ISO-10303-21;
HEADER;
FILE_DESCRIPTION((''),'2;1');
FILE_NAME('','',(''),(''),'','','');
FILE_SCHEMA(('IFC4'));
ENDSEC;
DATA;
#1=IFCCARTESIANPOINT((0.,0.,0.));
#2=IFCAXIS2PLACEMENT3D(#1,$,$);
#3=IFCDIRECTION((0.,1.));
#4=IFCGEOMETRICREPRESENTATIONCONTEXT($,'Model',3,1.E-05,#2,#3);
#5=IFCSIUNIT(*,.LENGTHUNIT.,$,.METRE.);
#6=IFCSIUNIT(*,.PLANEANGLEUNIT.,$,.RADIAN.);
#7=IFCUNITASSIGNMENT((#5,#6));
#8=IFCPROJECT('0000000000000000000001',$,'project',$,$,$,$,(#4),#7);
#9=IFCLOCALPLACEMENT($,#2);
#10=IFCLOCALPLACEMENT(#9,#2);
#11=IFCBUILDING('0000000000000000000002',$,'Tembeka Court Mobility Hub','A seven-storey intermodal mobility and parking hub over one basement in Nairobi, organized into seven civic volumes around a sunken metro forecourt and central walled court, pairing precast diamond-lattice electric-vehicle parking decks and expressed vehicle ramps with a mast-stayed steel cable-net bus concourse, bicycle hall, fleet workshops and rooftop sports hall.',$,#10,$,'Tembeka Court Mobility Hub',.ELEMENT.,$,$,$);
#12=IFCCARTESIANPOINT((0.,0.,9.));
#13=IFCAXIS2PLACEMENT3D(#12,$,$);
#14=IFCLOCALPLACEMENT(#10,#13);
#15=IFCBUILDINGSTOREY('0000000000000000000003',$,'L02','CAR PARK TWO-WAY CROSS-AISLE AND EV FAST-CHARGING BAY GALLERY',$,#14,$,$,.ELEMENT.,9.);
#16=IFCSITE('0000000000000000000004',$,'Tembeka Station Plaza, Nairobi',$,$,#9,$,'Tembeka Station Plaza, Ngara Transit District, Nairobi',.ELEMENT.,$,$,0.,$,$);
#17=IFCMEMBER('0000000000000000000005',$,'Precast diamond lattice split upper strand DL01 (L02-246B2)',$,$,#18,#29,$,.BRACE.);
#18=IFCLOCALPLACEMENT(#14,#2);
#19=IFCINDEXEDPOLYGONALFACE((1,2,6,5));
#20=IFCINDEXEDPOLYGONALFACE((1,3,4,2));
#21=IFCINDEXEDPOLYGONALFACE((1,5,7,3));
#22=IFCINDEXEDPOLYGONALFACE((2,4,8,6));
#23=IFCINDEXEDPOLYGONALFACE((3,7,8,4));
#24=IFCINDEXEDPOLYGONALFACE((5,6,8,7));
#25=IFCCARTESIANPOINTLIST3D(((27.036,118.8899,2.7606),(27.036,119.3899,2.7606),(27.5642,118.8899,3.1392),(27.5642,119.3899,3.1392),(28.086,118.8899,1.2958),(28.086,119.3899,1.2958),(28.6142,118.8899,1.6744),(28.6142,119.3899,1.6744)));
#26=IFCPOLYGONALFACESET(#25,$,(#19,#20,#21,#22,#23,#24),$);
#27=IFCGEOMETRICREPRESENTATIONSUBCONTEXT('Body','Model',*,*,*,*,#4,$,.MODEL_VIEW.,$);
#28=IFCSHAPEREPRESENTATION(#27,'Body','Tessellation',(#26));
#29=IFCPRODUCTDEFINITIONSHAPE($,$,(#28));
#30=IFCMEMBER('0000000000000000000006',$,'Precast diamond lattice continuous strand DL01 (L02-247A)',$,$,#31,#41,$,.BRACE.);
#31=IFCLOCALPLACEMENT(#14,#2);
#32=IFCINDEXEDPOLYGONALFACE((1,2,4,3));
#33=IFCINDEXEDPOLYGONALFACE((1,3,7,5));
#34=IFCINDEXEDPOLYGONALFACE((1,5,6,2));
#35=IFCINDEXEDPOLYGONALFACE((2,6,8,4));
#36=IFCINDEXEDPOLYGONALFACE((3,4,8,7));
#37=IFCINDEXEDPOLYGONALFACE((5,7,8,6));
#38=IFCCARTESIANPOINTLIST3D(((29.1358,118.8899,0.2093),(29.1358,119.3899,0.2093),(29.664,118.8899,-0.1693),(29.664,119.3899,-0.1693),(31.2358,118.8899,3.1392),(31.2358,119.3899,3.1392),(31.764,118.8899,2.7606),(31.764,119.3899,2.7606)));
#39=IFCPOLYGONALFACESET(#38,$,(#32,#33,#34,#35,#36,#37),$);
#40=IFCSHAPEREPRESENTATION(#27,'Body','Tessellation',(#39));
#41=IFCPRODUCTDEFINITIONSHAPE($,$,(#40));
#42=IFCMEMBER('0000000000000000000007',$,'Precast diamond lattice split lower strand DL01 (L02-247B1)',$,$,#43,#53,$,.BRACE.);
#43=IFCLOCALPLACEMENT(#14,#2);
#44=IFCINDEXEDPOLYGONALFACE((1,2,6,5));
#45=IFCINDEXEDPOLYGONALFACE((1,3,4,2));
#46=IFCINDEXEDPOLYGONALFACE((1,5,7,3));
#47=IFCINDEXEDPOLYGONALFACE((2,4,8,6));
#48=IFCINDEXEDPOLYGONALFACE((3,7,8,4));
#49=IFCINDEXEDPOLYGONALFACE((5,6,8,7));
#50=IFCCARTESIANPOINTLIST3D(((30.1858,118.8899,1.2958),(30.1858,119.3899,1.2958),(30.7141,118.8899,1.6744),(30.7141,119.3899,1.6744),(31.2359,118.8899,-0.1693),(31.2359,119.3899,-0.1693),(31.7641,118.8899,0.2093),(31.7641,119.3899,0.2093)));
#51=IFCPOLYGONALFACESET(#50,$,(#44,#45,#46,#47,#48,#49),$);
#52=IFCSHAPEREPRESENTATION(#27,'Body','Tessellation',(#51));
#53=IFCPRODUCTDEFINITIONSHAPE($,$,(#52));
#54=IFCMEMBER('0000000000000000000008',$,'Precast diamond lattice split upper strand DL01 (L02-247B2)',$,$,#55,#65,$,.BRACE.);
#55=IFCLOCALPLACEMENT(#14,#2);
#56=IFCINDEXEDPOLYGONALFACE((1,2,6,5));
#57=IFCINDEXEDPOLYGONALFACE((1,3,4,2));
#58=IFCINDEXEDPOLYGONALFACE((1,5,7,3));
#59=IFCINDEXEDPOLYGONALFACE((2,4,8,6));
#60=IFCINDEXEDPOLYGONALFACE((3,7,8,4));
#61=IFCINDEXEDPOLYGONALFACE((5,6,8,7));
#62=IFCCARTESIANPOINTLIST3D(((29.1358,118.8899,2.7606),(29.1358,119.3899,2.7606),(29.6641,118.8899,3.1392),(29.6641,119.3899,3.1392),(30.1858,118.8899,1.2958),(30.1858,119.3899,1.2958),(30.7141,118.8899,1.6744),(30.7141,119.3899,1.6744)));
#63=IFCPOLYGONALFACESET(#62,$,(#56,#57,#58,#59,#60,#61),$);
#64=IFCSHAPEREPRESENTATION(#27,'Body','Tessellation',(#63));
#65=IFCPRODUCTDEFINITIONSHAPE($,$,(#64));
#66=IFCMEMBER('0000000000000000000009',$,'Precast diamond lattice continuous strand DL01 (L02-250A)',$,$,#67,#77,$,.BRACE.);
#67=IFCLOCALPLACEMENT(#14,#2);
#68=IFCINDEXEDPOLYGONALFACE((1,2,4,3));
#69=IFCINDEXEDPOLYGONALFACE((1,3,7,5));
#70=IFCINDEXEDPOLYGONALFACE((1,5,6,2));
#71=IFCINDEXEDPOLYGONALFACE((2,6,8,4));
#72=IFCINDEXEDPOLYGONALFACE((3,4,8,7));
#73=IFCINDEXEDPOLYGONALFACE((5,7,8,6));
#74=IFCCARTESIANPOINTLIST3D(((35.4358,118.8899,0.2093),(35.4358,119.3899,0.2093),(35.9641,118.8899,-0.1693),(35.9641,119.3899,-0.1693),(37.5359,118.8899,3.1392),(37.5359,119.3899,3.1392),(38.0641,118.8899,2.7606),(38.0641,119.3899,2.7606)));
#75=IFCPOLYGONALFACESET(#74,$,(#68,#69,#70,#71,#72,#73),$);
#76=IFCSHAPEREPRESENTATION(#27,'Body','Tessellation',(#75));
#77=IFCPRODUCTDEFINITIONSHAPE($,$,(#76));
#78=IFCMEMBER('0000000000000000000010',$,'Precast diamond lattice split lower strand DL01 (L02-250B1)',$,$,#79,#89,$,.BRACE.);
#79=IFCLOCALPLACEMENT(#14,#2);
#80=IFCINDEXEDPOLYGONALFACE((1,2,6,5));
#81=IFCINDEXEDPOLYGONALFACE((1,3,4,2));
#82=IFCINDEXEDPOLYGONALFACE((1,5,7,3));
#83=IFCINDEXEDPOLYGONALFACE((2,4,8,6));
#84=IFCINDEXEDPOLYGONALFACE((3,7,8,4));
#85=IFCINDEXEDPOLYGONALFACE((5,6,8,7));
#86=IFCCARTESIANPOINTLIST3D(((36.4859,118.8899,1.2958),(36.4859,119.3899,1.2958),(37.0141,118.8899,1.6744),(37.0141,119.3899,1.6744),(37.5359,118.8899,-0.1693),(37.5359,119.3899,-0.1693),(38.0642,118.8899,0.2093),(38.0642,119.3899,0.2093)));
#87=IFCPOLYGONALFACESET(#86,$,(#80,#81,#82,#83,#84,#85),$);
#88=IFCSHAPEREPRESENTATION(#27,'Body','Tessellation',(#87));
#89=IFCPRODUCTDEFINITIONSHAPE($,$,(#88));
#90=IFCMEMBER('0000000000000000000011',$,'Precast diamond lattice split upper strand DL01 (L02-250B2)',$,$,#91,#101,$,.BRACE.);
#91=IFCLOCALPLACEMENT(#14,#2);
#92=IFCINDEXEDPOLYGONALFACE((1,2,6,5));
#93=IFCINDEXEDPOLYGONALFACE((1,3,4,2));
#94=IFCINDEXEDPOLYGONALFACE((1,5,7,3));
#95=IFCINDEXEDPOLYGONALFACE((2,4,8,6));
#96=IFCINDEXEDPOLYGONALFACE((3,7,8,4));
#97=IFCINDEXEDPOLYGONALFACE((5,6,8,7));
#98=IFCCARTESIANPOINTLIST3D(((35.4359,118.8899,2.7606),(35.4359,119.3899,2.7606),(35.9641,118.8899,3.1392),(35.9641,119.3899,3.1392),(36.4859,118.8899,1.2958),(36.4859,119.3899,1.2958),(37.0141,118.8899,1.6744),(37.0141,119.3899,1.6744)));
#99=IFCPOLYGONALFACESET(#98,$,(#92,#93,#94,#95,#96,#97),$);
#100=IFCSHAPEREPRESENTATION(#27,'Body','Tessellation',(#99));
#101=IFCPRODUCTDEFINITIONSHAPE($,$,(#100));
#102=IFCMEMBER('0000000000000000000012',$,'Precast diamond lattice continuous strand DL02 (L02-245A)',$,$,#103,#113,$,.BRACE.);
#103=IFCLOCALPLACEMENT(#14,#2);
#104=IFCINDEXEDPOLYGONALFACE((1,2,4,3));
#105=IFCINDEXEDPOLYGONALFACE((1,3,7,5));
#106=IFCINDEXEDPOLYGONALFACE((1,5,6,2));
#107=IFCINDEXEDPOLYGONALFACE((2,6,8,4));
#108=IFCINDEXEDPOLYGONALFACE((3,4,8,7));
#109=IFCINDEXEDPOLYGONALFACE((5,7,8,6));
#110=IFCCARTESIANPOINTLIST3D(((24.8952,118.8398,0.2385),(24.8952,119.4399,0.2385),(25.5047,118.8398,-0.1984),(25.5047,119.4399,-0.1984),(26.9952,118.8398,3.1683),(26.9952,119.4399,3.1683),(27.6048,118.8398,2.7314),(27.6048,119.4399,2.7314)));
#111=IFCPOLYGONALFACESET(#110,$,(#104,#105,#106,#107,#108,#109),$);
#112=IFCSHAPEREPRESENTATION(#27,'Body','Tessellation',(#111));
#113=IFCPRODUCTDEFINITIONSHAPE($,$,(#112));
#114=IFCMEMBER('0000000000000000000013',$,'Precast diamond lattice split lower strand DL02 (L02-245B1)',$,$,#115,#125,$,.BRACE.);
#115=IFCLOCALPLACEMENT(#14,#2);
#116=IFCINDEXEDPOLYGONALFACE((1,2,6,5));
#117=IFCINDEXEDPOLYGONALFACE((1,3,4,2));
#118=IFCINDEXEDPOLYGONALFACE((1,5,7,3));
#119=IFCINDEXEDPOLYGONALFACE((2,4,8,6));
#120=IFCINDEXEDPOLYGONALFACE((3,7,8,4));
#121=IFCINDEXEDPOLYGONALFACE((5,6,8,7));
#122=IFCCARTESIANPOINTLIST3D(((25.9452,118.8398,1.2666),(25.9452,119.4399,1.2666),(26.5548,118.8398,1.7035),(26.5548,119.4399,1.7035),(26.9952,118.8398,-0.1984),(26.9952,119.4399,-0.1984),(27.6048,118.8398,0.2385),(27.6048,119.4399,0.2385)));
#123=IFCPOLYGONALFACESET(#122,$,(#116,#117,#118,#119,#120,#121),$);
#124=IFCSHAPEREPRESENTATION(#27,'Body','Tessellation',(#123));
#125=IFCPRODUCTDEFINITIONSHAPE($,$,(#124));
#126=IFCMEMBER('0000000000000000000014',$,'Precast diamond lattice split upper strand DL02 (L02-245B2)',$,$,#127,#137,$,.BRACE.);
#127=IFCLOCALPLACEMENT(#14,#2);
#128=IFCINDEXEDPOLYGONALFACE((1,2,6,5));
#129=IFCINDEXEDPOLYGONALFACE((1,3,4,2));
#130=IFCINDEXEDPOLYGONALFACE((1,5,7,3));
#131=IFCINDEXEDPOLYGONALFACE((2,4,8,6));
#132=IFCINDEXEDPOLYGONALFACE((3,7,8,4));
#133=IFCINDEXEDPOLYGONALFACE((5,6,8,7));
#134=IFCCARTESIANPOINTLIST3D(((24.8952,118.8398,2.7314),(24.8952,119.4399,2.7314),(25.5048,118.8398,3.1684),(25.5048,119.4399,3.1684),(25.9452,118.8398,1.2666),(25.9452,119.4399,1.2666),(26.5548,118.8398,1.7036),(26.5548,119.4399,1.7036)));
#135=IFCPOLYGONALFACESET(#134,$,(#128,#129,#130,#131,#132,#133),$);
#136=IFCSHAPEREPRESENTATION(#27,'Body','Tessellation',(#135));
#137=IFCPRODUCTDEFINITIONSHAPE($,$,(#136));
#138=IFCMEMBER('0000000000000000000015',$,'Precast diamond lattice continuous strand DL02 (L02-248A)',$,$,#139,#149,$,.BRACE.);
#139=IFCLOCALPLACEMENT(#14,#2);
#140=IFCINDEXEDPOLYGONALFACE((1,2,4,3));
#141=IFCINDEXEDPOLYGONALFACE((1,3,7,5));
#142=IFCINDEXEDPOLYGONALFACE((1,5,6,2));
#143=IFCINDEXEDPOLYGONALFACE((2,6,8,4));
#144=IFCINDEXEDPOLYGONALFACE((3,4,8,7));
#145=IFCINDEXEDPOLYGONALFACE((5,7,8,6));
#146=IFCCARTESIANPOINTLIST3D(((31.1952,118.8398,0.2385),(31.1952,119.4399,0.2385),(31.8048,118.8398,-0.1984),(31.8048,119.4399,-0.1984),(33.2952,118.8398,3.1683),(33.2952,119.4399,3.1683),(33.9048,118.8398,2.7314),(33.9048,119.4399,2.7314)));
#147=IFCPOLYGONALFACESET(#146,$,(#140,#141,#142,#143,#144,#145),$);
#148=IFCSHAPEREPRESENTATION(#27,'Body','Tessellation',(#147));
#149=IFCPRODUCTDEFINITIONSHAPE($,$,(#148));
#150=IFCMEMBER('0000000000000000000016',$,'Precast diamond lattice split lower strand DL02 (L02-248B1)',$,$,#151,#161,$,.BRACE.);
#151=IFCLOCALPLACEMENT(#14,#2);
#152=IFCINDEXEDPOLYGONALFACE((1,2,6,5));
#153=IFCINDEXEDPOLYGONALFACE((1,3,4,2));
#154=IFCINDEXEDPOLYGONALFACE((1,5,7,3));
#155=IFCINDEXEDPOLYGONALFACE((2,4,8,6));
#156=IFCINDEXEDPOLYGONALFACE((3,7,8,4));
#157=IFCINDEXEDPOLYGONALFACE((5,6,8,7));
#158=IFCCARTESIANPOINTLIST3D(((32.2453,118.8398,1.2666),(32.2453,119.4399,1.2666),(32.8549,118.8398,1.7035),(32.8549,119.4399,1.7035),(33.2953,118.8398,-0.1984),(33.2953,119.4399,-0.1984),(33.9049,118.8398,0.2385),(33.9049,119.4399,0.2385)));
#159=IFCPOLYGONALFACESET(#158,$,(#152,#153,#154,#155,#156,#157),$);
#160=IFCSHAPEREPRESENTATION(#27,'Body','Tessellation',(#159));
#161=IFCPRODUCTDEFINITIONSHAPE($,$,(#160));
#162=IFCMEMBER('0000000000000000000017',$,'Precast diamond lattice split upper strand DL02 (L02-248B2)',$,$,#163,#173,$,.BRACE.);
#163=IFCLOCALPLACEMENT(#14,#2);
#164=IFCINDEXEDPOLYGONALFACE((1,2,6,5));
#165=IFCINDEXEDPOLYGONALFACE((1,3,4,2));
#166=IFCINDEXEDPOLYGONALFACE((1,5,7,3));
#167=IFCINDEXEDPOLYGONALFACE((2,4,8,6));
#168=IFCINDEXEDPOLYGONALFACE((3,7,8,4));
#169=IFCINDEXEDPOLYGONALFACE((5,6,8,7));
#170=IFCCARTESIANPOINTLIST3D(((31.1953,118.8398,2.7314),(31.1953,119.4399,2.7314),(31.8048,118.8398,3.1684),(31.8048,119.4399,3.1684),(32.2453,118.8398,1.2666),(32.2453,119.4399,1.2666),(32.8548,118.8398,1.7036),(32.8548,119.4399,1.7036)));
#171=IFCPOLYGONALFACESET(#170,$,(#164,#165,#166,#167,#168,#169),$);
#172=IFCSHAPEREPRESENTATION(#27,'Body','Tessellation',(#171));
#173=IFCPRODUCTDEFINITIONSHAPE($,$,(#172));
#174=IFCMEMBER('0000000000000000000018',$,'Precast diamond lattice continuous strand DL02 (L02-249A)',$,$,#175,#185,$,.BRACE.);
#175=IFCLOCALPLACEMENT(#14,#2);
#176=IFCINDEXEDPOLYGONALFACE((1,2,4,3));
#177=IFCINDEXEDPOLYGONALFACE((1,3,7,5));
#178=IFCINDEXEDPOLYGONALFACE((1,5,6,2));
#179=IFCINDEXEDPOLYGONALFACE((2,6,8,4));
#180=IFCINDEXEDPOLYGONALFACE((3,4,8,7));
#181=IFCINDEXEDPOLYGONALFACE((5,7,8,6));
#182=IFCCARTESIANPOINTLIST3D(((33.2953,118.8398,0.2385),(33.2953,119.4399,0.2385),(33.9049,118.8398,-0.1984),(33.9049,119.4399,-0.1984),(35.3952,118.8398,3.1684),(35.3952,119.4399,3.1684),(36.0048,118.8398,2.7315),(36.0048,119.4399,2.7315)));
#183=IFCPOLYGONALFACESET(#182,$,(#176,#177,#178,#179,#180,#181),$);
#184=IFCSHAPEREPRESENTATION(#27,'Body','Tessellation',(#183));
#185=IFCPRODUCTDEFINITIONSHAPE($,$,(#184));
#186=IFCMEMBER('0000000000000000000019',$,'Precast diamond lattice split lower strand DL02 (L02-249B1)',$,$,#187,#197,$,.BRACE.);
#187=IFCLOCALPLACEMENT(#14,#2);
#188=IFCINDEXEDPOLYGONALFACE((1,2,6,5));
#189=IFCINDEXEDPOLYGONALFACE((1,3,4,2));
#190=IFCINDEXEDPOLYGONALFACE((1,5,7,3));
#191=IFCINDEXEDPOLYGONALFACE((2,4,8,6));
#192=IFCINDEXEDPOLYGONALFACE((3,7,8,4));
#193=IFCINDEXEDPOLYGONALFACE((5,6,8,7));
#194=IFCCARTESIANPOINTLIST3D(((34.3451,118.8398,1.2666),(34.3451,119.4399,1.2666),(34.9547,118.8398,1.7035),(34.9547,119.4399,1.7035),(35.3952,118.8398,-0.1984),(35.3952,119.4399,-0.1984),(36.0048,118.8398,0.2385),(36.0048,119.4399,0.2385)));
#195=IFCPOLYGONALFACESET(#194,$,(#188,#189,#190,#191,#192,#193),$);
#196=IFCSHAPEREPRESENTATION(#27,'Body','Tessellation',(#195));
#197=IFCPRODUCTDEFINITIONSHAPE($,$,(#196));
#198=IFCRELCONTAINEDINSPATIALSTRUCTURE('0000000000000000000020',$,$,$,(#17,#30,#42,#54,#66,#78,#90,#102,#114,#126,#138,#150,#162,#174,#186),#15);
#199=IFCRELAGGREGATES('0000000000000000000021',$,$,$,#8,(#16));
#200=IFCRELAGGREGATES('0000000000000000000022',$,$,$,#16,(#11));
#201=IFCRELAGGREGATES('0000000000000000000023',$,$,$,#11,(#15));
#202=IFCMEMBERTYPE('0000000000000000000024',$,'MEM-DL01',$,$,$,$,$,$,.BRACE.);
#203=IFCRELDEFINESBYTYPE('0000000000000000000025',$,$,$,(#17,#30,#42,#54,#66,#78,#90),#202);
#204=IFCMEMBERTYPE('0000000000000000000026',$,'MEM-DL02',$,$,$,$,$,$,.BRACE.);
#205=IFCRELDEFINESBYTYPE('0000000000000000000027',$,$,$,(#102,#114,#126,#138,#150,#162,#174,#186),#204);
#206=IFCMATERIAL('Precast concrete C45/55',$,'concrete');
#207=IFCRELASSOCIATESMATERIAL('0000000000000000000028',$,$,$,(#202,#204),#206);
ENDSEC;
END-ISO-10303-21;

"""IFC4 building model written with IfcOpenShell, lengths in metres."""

from ifc_helpers import new_model, si_unit, direction, frame, origin, origin_2d, place, context, subcontext, project, spatial, rectangle, extrude, material, material_profile, profile_set, type_object, element, save


model = new_model("IFC4")

# Units and contexts
model_context = context("Model", 3, precision=1e-05, world=origin(), true_north=direction((0.0, 1.0)))
body_context = subcontext(model_context, "Body", "Model", "MODEL_VIEW")
ifc_project = project(units=[si_unit("LENGTHUNIT", "METRE"), si_unit("PLANEANGLEUNIT", "RADIAN")], contexts=[model_context])

# Site, building, storey
site_placement = place(None, origin())
site = spatial("IfcSite", under=ifc_project, at=site_placement, Name="Tembeka Station Plaza, Nairobi", LongName="Tembeka Station Plaza, Ngara Transit District, Nairobi", CompositionType="ELEMENT", RefElevation=0.0)
building_placement = place(site_placement, origin())
building = spatial("IfcBuilding", under=site, at=building_placement, Name="Tembeka Court Mobility Hub", Description="A seven-storey intermodal mobility and parking hub over one basement in Nairobi, organized into seven civic volumes around a sunken metro forecourt and central walled court, pairing precast diamond-lattice electric-vehicle parking decks and expressed vehicle ramps with a mast-stayed steel cable-net bus concourse, bicycle hall, fleet workshops and rooftop sports hall.", LongName="Tembeka Court Mobility Hub", CompositionType="ELEMENT")
storey_placement = place(building_placement, frame((0.0, 0.0, 9.0)))
storey = spatial("IfcBuildingStorey", under=building, at=storey_placement, Name="L02", Description="CAR PARK TWO-WAY CROSS-AISLE AND EV FAST-CHARGING BAY GALLERY", CompositionType="ELEMENT", Elevation=9.0)

# Shared definitions
ifc_material_1 = material(Name="Precast concrete C45/55", Category="concrete")

# Members
ifc_material_profile_1 = material_profile(ifc_material_1, rectangle(XDim=0.5, YDim=0.6499, at=origin_2d()), Name="PC-DIAG 500x650")
ifc_profile_set_1 = profile_set([ifc_material_profile_1], Name="Precast concrete C45/55")
member_type_1 = type_object("IfcMemberType", Name="MEM-DL01", PredefinedType="BRACE", material=ifc_profile_set_1)
member_1_placement = place(storey_placement, frame((28.3501, 119.1399, 1.4851), z_axis=(-0.582608, 0.0, 0.812753), x_axis=(0.0, -1.0, 0.0)))
element("IfcMember", 1, at=member_1_placement, inside=storey, type_object=member_type_1, Name="Precast diamond lattice split upper strand DL01 (L02-246B2)", PredefinedType="BRACE", context=body_context, shape_type="SweptSolid", body=[
    extrude(rectangle(XDim=0.5, YDim=0.6499, at=origin_2d()), origin(), (0.0, 0.0, 1.0), 1.8022),
])
member_2_placement = place(storey_placement, frame((29.3999, 119.1399, 0.02), z_axis=(0.582576, 0.0, 0.812776), x_axis=(0.0, 1.0, 0.0)))
element("IfcMember", 2, at=member_2_placement, inside=storey, type_object=member_type_1, Name="Precast diamond lattice continuous strand DL01 (L02-247A)", PredefinedType="BRACE", context=body_context, shape_type="SweptSolid", body=[
    extrude(rectangle(XDim=0.5, YDim=0.6499, at=origin_2d()), origin(), (0.0, 0.0, 1.0), 3.6047),
])
member_3_placement = place(storey_placement, frame((31.5, 119.1399, 0.02), z_axis=(-0.582544, 0.0, 0.812799), x_axis=(0.0, -1.0, 0.0)))
element("IfcMember", 3, at=member_3_placement, inside=storey, type_object=member_type_1, Name="Precast diamond lattice split lower strand DL01 (L02-247B1)", PredefinedType="BRACE", context=body_context, shape_type="SweptSolid", body=[
    extrude(rectangle(XDim=0.5, YDim=0.6499, at=origin_2d()), origin(), (0.0, 0.0, 1.0), 1.8025),
])
member_4_placement = place(storey_placement, frame((30.45, 119.1399, 1.4851), z_axis=(-0.582608, 0.0, 0.812753), x_axis=(0.0, -1.0, 0.0)))
element("IfcMember", 4, at=member_4_placement, inside=storey, type_object=member_type_1, Name="Precast diamond lattice split upper strand DL01 (L02-247B2)", PredefinedType="BRACE", context=body_context, shape_type="SweptSolid", body=[
    extrude(rectangle(XDim=0.5, YDim=0.6499, at=origin_2d()), origin(), (0.0, 0.0, 1.0), 1.8022),
])
member_5_placement = place(storey_placement, frame((35.7, 119.1399, 0.02), z_axis=(0.582576, 0.0, 0.812776), x_axis=(0.0, 1.0, 0.0)))
element("IfcMember", 5, at=member_5_placement, inside=storey, type_object=member_type_1, Name="Precast diamond lattice continuous strand DL01 (L02-250A)", PredefinedType="BRACE", context=body_context, shape_type="SweptSolid", body=[
    extrude(rectangle(XDim=0.5, YDim=0.6499, at=origin_2d()), origin(), (0.0, 0.0, 1.0), 3.6047),
])
member_6_placement = place(storey_placement, frame((37.8, 119.1399, 0.02), z_axis=(-0.582544, 0.0, 0.812799), x_axis=(0.0, -1.0, 0.0)))
element("IfcMember", 6, at=member_6_placement, inside=storey, type_object=member_type_1, Name="Precast diamond lattice split lower strand DL01 (L02-250B1)", PredefinedType="BRACE", context=body_context, shape_type="SweptSolid", body=[
    extrude(rectangle(XDim=0.5, YDim=0.6499, at=origin_2d()), origin(), (0.0, 0.0, 1.0), 1.8025),
])
member_7_placement = place(storey_placement, frame((36.75, 119.1399, 1.4851), z_axis=(-0.582608, 0.0, 0.812753), x_axis=(0.0, -1.0, 0.0)))
element("IfcMember", 7, at=member_7_placement, inside=storey, type_object=member_type_1, Name="Precast diamond lattice split upper strand DL01 (L02-250B2)", PredefinedType="BRACE", context=body_context, shape_type="SweptSolid", body=[
    extrude(rectangle(XDim=0.5, YDim=0.6499, at=origin_2d()), origin(), (0.0, 0.0, 1.0), 1.8022),
])
ifc_material_profile_2 = material_profile(ifc_material_1, rectangle(XDim=0.6001, YDim=0.75, at=origin_2d()), Name="PC-DIAG 600x750")
ifc_profile_set_2 = profile_set([ifc_material_profile_2], Name="Precast concrete C45/55")
member_type_2 = type_object("IfcMemberType", Name="MEM-DL02", PredefinedType="BRACE", material=ifc_profile_set_2)
member_8_placement = place(storey_placement, frame((25.2, 119.1399, 0.02), z_axis=(0.582576, 0.0, 0.812776), x_axis=(0.0, 1.0, 0.0)))
element("IfcMember", 8, at=member_8_placement, inside=storey, type_object=member_type_2, Name="Precast diamond lattice continuous strand DL02 (L02-245A)", PredefinedType="BRACE", context=body_context, shape_type="SweptSolid", body=[
    extrude(rectangle(XDim=0.6001, YDim=0.75, at=origin_2d()), origin(), (0.0, 0.0, 1.0), 3.6047),
])
member_9_placement = place(storey_placement, frame((27.3, 119.1399, 0.02), z_axis=(-0.582544, 0.0, 0.812799), x_axis=(0.0, -1.0, 0.0)))
element("IfcMember", 9, at=member_9_placement, inside=storey, type_object=member_type_2, Name="Precast diamond lattice split lower strand DL02 (L02-245B1)", PredefinedType="BRACE", context=body_context, shape_type="SweptSolid", body=[
    extrude(rectangle(XDim=0.6001, YDim=0.75, at=origin_2d()), origin(), (0.0, 0.0, 1.0), 1.8025),
])
member_10_placement = place(storey_placement, frame((26.25, 119.1399, 1.4851), z_axis=(-0.582608, 0.0, 0.812753), x_axis=(0.0, -1.0, 0.0)))
element("IfcMember", 10, at=member_10_placement, inside=storey, type_object=member_type_2, Name="Precast diamond lattice split upper strand DL02 (L02-245B2)", PredefinedType="BRACE", context=body_context, shape_type="SweptSolid", body=[
    extrude(rectangle(XDim=0.6001, YDim=0.75, at=origin_2d()), origin(), (0.0, 0.0, 1.0), 1.8022),
])
member_11_placement = place(storey_placement, frame((31.5, 119.1399, 0.02), z_axis=(0.582576, 0.0, 0.812776), x_axis=(0.0, 1.0, 0.0)))
element("IfcMember", 11, at=member_11_placement, inside=storey, type_object=member_type_2, Name="Precast diamond lattice continuous strand DL02 (L02-248A)", PredefinedType="BRACE", context=body_context, shape_type="SweptSolid", body=[
    extrude(rectangle(XDim=0.6001, YDim=0.75, at=origin_2d()), origin(), (0.0, 0.0, 1.0), 3.6047),
])
member_12_placement = place(storey_placement, frame((33.6001, 119.1399, 0.02), z_axis=(-0.582544, 0.0, 0.812799), x_axis=(0.0, -1.0, 0.0)))
element("IfcMember", 12, at=member_12_placement, inside=storey, type_object=member_type_2, Name="Precast diamond lattice split lower strand DL02 (L02-248B1)", PredefinedType="BRACE", context=body_context, shape_type="SweptSolid", body=[
    extrude(rectangle(XDim=0.6001, YDim=0.75, at=origin_2d()), origin(), (0.0, 0.0, 1.0), 1.8025),
])
member_13_placement = place(storey_placement, frame((32.55, 119.1399, 1.4851), z_axis=(-0.582608, 0.0, 0.812753), x_axis=(0.0, -1.0, 0.0)))
element("IfcMember", 13, at=member_13_placement, inside=storey, type_object=member_type_2, Name="Precast diamond lattice split upper strand DL02 (L02-248B2)", PredefinedType="BRACE", context=body_context, shape_type="SweptSolid", body=[
    extrude(rectangle(XDim=0.6001, YDim=0.75, at=origin_2d()), origin(), (0.0, 0.0, 1.0), 1.8022),
])
member_14_placement = place(storey_placement, frame((33.6001, 119.1399, 0.02), z_axis=(0.582532, 0.0, 0.812808), x_axis=(0.0, 1.0, 0.0)))
element("IfcMember", 14, at=member_14_placement, inside=storey, type_object=member_type_2, Name="Precast diamond lattice continuous strand DL02 (L02-249A)", PredefinedType="BRACE", context=body_context, shape_type="SweptSolid", body=[
    extrude(rectangle(XDim=0.6001, YDim=0.75, at=origin_2d()), origin(), (0.0, 0.0, 1.0), 3.6047),
])
member_15_placement = place(storey_placement, frame((35.7, 119.1399, 0.02), z_axis=(-0.582544, 0.0, 0.812799), x_axis=(0.0, -1.0, 0.0)))
element("IfcMember", 15, at=member_15_placement, inside=storey, type_object=member_type_2, Name="Precast diamond lattice split lower strand DL02 (L02-249B1)", PredefinedType="BRACE", context=body_context, shape_type="SweptSolid", body=[
    extrude(rectangle(XDim=0.6001, YDim=0.75, at=origin_2d()), origin(), (0.0, 0.0, 1.0), 1.8025),
])

save(model, "model.ifc")
